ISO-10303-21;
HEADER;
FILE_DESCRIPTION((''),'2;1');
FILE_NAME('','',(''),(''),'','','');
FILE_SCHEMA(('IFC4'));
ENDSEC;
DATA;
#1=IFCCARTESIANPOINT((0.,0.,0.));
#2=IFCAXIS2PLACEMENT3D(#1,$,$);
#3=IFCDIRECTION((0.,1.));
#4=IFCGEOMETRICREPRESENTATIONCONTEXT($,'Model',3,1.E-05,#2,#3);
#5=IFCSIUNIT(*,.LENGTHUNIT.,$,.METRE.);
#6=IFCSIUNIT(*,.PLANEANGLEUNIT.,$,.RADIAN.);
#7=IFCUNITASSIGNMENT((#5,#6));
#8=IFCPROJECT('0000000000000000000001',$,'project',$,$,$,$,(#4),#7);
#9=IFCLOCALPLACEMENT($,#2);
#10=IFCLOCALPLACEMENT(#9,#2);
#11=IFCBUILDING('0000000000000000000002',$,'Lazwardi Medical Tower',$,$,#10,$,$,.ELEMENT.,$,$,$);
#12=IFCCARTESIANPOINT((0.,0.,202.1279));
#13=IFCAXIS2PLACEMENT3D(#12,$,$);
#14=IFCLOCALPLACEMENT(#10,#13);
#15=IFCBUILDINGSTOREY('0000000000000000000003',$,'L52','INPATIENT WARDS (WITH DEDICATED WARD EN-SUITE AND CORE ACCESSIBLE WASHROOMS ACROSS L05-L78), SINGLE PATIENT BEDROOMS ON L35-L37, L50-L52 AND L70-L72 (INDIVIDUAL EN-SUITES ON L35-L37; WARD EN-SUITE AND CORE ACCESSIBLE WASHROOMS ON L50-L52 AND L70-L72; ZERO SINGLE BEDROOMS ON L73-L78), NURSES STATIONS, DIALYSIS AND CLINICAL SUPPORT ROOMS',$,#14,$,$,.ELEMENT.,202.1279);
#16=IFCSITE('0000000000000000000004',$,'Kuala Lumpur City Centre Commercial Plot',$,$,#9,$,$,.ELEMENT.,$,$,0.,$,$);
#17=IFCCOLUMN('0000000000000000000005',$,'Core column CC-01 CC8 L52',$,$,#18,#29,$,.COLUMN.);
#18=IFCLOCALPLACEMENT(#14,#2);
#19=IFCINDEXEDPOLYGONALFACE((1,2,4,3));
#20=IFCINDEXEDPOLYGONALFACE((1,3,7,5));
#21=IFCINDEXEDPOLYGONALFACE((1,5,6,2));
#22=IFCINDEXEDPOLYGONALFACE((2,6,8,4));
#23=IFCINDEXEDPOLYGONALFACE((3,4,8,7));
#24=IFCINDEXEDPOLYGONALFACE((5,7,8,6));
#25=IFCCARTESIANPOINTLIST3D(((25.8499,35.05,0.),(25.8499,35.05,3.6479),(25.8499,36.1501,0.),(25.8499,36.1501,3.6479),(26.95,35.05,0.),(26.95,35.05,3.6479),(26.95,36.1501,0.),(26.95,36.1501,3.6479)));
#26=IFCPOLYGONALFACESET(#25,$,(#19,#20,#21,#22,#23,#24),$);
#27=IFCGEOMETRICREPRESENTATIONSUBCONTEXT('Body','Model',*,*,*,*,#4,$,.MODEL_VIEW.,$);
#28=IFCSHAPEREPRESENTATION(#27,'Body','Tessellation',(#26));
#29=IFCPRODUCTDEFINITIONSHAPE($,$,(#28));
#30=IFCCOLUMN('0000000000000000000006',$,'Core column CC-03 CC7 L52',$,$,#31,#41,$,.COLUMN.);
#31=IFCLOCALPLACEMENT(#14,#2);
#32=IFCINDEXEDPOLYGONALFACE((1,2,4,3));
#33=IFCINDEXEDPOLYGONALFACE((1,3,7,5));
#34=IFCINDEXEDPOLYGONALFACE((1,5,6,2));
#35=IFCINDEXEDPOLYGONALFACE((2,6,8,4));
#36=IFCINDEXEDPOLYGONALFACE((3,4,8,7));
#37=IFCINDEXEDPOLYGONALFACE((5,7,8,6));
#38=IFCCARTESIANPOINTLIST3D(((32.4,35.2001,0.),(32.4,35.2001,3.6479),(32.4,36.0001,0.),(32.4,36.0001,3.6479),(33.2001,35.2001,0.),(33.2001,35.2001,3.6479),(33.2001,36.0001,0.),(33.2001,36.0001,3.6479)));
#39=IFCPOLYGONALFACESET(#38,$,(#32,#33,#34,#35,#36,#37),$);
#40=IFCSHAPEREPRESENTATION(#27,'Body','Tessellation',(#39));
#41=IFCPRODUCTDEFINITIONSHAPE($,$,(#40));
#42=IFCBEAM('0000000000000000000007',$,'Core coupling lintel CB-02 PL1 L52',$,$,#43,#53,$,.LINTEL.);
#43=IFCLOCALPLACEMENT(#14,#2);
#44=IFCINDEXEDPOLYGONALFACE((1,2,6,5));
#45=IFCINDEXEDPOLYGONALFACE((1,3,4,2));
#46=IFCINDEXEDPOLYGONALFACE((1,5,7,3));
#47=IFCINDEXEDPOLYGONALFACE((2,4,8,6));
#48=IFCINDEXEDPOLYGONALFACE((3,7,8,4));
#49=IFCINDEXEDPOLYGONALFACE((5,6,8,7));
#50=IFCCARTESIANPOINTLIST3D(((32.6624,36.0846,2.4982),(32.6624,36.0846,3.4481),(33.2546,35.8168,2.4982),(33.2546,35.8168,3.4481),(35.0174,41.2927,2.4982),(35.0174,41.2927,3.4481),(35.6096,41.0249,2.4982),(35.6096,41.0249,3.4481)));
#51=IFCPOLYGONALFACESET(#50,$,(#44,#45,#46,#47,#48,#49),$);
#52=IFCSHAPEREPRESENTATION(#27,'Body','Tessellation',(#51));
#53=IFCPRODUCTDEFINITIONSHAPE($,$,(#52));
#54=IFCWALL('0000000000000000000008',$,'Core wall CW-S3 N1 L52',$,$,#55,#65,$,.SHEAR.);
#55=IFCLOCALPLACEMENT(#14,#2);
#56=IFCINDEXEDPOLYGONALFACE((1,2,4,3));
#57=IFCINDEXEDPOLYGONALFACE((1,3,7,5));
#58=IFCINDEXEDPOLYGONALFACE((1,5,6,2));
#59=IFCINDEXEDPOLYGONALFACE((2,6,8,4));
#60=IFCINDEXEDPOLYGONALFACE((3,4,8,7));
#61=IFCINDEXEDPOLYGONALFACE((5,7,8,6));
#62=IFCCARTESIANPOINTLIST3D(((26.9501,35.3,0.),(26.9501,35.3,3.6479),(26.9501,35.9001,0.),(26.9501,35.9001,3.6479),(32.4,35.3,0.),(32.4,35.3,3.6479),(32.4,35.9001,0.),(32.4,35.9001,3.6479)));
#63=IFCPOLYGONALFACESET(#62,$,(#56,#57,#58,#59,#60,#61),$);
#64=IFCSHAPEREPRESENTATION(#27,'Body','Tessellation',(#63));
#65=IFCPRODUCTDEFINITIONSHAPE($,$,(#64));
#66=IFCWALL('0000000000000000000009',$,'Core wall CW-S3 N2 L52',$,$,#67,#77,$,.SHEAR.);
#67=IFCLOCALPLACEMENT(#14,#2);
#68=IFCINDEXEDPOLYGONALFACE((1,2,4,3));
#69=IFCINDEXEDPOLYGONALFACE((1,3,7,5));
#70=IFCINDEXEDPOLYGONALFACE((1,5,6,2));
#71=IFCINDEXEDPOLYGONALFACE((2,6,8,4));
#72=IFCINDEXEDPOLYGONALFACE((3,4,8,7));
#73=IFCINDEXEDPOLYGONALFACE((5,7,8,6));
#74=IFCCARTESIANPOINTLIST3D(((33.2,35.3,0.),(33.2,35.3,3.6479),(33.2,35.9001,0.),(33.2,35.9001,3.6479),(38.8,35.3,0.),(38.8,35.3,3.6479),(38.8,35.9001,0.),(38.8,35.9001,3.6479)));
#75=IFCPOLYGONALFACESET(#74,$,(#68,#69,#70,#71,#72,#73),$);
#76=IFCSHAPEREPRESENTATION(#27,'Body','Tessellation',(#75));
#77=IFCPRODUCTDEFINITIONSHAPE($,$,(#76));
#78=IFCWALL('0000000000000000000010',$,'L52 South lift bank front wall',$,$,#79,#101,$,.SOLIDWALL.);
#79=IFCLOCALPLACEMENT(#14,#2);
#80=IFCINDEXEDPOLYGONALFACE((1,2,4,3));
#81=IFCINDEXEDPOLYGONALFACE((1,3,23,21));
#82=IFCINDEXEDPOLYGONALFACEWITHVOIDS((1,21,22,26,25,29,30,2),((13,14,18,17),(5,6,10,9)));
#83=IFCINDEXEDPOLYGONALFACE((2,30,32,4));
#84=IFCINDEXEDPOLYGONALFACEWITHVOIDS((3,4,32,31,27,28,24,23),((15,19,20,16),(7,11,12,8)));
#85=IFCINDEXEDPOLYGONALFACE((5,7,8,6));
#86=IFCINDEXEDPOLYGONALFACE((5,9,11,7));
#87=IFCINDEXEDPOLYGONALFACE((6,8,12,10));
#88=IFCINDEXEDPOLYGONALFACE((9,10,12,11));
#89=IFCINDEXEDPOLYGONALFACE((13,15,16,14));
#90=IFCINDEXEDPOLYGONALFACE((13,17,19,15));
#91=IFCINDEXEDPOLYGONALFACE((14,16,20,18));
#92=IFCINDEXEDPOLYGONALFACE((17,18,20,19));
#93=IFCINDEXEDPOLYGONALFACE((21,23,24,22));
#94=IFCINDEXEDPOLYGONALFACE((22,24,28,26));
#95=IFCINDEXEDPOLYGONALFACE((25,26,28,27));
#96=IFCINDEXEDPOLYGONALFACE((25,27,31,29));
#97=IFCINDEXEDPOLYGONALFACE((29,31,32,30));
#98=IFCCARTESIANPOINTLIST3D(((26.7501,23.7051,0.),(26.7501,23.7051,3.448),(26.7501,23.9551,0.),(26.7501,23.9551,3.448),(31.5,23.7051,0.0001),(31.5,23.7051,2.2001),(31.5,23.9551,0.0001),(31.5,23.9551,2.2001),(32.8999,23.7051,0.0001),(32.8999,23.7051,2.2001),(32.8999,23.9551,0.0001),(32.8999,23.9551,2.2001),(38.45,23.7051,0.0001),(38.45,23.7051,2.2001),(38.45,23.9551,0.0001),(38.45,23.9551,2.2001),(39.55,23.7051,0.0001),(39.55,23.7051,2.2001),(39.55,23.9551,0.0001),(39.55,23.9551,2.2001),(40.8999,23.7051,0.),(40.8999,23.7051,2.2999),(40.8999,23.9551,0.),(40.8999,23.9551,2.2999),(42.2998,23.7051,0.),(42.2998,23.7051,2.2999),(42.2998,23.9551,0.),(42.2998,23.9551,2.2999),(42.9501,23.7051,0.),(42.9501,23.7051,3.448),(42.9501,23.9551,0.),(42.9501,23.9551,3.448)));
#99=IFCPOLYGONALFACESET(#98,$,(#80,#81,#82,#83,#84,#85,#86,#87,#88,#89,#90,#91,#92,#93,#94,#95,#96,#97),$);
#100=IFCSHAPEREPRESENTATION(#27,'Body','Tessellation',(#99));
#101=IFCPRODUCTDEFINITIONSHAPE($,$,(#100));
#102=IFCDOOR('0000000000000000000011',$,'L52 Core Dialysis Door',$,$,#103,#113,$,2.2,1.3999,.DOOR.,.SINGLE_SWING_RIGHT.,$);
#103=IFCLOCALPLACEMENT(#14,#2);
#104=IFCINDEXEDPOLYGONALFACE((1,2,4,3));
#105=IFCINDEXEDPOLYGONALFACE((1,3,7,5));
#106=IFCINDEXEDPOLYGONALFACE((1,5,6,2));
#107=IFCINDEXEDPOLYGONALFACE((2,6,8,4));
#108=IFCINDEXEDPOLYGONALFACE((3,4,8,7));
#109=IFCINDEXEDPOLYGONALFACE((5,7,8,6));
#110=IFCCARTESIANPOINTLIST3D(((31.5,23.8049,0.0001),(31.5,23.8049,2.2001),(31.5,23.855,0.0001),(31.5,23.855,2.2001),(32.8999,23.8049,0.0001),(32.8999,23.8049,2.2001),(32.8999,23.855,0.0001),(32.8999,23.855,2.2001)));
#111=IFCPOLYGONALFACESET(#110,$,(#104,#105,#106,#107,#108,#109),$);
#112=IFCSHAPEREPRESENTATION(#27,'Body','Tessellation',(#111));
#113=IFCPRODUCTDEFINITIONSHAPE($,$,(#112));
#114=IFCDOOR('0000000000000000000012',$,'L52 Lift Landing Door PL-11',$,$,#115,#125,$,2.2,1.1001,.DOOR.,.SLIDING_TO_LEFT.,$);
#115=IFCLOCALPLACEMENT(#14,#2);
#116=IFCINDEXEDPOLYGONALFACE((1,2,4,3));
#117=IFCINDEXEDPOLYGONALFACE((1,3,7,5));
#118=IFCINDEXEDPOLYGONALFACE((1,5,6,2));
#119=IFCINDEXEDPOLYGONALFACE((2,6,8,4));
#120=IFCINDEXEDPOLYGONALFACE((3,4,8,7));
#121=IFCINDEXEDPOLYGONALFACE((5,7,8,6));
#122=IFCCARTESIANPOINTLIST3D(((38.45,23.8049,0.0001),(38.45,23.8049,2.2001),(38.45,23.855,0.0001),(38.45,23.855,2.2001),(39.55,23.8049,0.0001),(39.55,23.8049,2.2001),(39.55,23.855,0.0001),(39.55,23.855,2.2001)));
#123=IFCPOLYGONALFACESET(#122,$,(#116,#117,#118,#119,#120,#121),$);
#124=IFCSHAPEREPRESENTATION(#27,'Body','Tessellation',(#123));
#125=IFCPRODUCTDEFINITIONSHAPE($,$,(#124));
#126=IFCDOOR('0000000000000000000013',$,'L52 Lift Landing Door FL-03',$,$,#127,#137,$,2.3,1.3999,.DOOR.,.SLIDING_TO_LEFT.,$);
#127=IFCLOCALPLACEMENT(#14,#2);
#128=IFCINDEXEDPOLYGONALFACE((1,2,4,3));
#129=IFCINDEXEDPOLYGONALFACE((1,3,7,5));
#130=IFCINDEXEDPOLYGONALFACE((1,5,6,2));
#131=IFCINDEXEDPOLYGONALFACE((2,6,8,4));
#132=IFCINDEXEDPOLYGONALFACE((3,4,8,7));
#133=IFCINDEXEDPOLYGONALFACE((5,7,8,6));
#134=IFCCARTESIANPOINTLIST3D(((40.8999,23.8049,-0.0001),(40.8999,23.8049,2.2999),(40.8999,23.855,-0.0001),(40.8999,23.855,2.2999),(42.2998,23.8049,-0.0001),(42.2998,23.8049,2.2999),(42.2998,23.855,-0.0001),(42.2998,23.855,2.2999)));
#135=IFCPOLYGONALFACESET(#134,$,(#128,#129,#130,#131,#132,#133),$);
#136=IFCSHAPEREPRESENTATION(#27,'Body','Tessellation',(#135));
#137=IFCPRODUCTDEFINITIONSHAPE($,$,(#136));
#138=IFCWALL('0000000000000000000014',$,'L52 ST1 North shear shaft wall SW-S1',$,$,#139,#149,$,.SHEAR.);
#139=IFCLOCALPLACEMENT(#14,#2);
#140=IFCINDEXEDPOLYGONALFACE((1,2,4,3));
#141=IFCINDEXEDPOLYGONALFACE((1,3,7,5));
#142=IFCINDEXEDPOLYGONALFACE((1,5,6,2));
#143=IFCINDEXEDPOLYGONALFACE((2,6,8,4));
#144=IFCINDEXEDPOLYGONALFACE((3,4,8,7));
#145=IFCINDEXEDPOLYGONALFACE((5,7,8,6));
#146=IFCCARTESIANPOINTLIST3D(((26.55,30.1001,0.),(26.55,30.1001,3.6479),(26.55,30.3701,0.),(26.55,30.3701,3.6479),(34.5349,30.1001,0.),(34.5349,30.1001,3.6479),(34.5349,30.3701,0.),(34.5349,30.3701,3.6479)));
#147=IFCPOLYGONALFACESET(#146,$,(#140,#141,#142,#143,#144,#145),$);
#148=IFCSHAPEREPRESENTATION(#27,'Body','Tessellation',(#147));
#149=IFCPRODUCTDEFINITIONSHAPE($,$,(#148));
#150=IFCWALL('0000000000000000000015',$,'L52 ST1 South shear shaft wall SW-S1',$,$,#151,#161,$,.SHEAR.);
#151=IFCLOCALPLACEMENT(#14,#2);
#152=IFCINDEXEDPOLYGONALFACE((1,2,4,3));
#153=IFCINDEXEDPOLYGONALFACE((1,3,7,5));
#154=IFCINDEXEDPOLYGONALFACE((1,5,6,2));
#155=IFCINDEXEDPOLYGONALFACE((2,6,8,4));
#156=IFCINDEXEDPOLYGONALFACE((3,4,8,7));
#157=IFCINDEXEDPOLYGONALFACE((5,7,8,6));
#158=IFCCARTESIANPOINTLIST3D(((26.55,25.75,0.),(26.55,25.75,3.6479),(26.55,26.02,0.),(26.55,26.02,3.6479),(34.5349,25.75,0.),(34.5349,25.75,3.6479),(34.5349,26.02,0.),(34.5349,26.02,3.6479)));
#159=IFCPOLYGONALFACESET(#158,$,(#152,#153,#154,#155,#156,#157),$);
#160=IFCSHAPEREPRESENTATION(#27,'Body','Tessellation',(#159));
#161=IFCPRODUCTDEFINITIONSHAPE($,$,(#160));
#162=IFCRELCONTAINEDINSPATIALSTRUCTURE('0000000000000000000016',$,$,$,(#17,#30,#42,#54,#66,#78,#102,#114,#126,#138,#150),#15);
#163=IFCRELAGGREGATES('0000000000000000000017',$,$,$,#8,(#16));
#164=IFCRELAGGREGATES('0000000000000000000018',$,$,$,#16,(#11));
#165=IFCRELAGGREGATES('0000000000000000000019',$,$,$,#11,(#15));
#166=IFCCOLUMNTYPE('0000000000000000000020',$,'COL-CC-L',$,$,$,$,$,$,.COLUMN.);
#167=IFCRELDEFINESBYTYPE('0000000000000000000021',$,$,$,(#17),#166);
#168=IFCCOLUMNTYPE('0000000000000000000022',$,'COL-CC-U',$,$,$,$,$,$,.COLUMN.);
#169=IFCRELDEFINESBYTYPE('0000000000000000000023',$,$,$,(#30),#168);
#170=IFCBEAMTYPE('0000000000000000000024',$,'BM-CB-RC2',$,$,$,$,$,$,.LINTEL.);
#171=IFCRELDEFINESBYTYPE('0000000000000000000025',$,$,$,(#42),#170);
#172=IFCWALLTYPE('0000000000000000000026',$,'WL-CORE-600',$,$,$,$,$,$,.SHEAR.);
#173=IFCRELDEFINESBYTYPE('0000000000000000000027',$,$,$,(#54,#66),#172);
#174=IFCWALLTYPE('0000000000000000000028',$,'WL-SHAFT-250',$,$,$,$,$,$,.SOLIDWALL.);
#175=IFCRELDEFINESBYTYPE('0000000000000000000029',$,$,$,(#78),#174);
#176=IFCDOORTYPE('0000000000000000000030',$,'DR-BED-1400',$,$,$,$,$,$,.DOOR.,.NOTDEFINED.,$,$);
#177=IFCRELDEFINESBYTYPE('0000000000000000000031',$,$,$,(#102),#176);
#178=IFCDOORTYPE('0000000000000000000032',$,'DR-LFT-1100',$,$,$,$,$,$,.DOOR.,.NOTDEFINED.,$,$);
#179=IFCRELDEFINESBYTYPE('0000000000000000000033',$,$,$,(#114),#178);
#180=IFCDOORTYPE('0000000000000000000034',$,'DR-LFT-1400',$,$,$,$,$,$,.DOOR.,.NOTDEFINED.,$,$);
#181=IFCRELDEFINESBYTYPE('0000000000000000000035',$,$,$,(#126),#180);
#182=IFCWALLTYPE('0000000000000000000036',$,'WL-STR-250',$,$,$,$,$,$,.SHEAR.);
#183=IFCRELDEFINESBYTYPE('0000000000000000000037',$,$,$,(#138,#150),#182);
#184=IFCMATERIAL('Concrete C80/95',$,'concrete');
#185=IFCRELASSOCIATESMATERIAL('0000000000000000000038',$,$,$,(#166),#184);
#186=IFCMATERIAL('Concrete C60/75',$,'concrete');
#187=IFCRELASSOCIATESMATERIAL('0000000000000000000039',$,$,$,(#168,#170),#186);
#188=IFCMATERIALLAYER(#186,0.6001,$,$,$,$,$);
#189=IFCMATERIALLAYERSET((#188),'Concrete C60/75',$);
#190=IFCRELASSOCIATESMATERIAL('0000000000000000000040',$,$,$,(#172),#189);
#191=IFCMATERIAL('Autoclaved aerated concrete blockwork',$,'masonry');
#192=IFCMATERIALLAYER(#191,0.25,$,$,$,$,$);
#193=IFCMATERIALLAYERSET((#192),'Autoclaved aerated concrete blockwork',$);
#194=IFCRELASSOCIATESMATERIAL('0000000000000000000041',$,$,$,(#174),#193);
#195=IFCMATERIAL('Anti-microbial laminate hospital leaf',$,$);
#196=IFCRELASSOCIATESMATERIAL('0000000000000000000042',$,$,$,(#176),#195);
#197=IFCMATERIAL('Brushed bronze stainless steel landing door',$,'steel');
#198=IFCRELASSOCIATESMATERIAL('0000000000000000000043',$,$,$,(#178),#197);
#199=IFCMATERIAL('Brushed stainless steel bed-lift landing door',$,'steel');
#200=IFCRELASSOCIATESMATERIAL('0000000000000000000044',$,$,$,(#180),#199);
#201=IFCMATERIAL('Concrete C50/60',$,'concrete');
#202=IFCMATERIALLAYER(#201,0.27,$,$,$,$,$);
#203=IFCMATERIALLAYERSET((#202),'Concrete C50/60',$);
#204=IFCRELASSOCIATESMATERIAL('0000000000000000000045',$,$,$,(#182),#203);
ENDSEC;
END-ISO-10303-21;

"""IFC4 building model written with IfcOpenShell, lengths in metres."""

from ifc_helpers import new_model, si_unit, direction, frame, frame_2d, origin, origin_2d, place, context, subcontext, project, spatial, rectangle, extrude, material, layer, layer_set, material_profile, profile_set, type_object, element, fill, save


model = new_model("IFC4")

# Units and contexts
model_context = context("Model", 3, precision=1e-05, world=origin(), true_north=direction((0.0, 1.0)))
body_context = subcontext(model_context, "Body", "Model", "MODEL_VIEW")
ifc_project = project(units=[si_unit("LENGTHUNIT", "METRE"), si_unit("PLANEANGLEUNIT", "RADIAN")], contexts=[model_context])

# Site, building, storey
site_placement = place(None, origin())
site = spatial("IfcSite", under=ifc_project, at=site_placement, Name="Kuala Lumpur City Centre Commercial Plot", CompositionType="ELEMENT", RefElevation=0.0)
building_placement = place(site_placement, origin())
building = spatial("IfcBuilding", under=site, at=building_placement, Name="Lazwardi Medical Tower", CompositionType="ELEMENT")
storey_placement = place(building_placement, frame((0.0, 0.0, 202.1279)))
storey = spatial("IfcBuildingStorey", under=building, at=storey_placement, Name="L52", Description="INPATIENT WARDS (WITH DEDICATED WARD EN-SUITE AND CORE ACCESSIBLE WASHROOMS ACROSS L05-L78), SINGLE PATIENT BEDROOMS ON L35-L37, L50-L52 AND L70-L72 (INDIVIDUAL EN-SUITES ON L35-L37; WARD EN-SUITE AND CORE ACCESSIBLE WASHROOMS ON L50-L52 AND L70-L72; ZERO SINGLE BEDROOMS ON L73-L78), NURSES STATIONS, DIALYSIS AND CLINICAL SUPPORT ROOMS", CompositionType="ELEMENT", Elevation=202.1279)

# Columns
ifc_material_1 = material(Name="Concrete C80/95", Category="concrete")
ifc_material_profile_1 = material_profile(ifc_material_1, rectangle(XDim=1.1001, YDim=1.1001, at=origin_2d()), Name="RC 1100x1100")
ifc_profile_set_1 = profile_set([ifc_material_profile_1], Name="Concrete C80/95")
column_type_1 = type_object("IfcColumnType", Name="COL-CC-L", PredefinedType="COLUMN", material=ifc_profile_set_1)
column_1_placement = place(storey_placement, frame((26.3999, 35.6001, 0.0), z_axis=(0.0, 0.0, 1.0), x_axis=(1.0, 0.0, 0.0)))
element("IfcColumn", 1, at=column_1_placement, inside=storey, type_object=column_type_1, Name="Core column CC-01 CC8 L52", PredefinedType="COLUMN", context=body_context, shape_type="SweptSolid", body=[
    extrude(rectangle(XDim=1.1001, YDim=1.1001, at=origin_2d()), origin(), (0.0, 0.0, 1.0), 3.6479),
])
ifc_material_2 = material(Name="Concrete C60/75", Category="concrete")
ifc_material_profile_2 = material_profile(ifc_material_2, rectangle(XDim=0.8, YDim=0.8, at=origin_2d()), Name="RC 800x800")
ifc_profile_set_2 = profile_set([ifc_material_profile_2], Name="Concrete C60/75")
column_type_2 = type_object("IfcColumnType", Name="COL-CC-U", PredefinedType="COLUMN", material=ifc_profile_set_2)
column_2_placement = place(storey_placement, frame((32.8, 35.6001, 0.0), z_axis=(0.0, 0.0, 1.0), x_axis=(1.0, 0.0, 0.0)))
element("IfcColumn", 2, at=column_2_placement, inside=storey, type_object=column_type_2, Name="Core column CC-03 CC7 L52", PredefinedType="COLUMN", context=body_context, shape_type="SweptSolid", body=[
    extrude(rectangle(XDim=0.8, YDim=0.8, at=origin_2d()), origin(), (0.0, 0.0, 1.0), 3.6479),
])

# Beam
ifc_material_profile_3 = material_profile(ifc_material_2, rectangle(XDim=0.6499, YDim=0.95, at=origin_2d()), Name="RC 650x950")
ifc_profile_set_3 = profile_set([ifc_material_profile_3], Name="Concrete C60/75")
beam_type = type_object("IfcBeamType", Name="BM-CB-RC2", PredefinedType="LINTEL", material=ifc_profile_set_3)
beam_placement = place(storey_placement, frame((32.9585, 35.9507, 2.9731), z_axis=(0.412019, 0.911175, 0.0), x_axis=(-0.911175, 0.412019, 0.0)))
element("IfcBeam", 3, at=beam_placement, inside=storey, type_object=beam_type, Name="Core coupling lintel CB-02 PL1 L52", PredefinedType="LINTEL", context=body_context, shape_type="SweptSolid", body=[
    extrude(rectangle(XDim=0.6499, YDim=0.95, at=origin_2d()), origin(), (0.0, 0.0, 1.0), 5.7158),
])

# Walls
ifc_layer_1 = layer(ifc_material_2, 0.6001)
ifc_layer_set_1 = layer_set([ifc_layer_1], Name="Concrete C60/75")
wall_type_1 = type_object("IfcWallType", Name="WL-CORE-600", PredefinedType="SHEAR", material=ifc_layer_set_1)
wall_1_placement = place(storey_placement, frame((26.95, 35.6001, 0.0), z_axis=(0.0, 0.0, 1.0), x_axis=(1.0, 0.0, 0.0)))
element("IfcWall", 4, at=wall_1_placement, inside=storey, type_object=wall_type_1, Name="Core wall CW-S3 N1 L52", PredefinedType="SHEAR", context=body_context, shape_type="SweptSolid", body=[
    extrude(rectangle(XDim=5.45, YDim=0.6001, at=frame_2d((2.7251, 0.0))), origin(), (0.0, 0.0, 1.0), 3.6479),
])
wall_2_placement = place(storey_placement, frame((33.2, 35.6001, 0.0), z_axis=(0.0, 0.0, 1.0), x_axis=(1.0, 0.0, 0.0)))
element("IfcWall", 5, at=wall_2_placement, inside=storey, type_object=wall_type_1, Name="Core wall CW-S3 N2 L52", PredefinedType="SHEAR", context=body_context, shape_type="SweptSolid", body=[
    extrude(rectangle(XDim=5.6001, YDim=0.6001, at=frame_2d((2.8, 0.0))), origin(), (0.0, 0.0, 1.0), 3.6479),
])

# Wall, openings, doors
ifc_material_3 = material(Name="Autoclaved aerated concrete blockwork", Category="masonry")
ifc_layer_2 = layer(ifc_material_3, 0.25)
ifc_layer_set_2 = layer_set([ifc_layer_2], Name="Autoclaved aerated concrete blockwork")
wall_type_2 = type_object("IfcWallType", Name="WL-SHAFT-250", PredefinedType="SOLIDWALL", material=ifc_layer_set_2)
wall_3_placement = place(storey_placement, frame((26.75, 23.8301, 0.0), z_axis=(0.0, 0.0, 1.0), x_axis=(1.0, 0.0, 0.0)))
wall_3 = element("IfcWall", 6, at=wall_3_placement, inside=storey, type_object=wall_type_2, Name="L52 South lift bank front wall", PredefinedType="SOLIDWALL", context=body_context, shape_type="SweptSolid", body=[
    extrude(rectangle(XDim=16.2, YDim=0.25, at=frame_2d((8.1001, 0.0))), origin(), (0.0, 0.0, 1.0), 3.448),
])
opening_1_placement = place(wall_3_placement, frame((4.75, 0.0, 0.0)))
opening_1 = element("IfcOpeningElement", 7, at=opening_1_placement, cuts=wall_3, PredefinedType="OPENING", context=body_context, shape_type="SweptSolid", body=[
    extrude(rectangle(XDim=1.3999, YDim=2.2, at=frame_2d((0.7, 1.1001))), frame((0.0, 0.135, 0.0), z_axis=(0.0, -1.0, 0.0), x_axis=(1.0, 0.0, 0.0)), (0.0, 0.0, 1.0), 0.27),
])
opening_2_placement = place(wall_3_placement, frame((11.7, 0.0, 0.0)))
opening_2 = element("IfcOpeningElement", 8, at=opening_2_placement, cuts=wall_3, PredefinedType="OPENING", context=body_context, shape_type="SweptSolid", body=[
    extrude(rectangle(XDim=1.1001, YDim=2.2, at=frame_2d((0.55, 1.1001))), frame((0.0, 0.135, 0.0), z_axis=(0.0, -1.0, 0.0), x_axis=(1.0, 0.0, 0.0)), (0.0, 0.0, 1.0), 0.27),
])
opening_3_placement = place(wall_3_placement, frame((14.1499, 0.0, 0.0)))
opening_3 = element("IfcOpeningElement", 9, at=opening_3_placement, cuts=wall_3, PredefinedType="OPENING", context=body_context, shape_type="SweptSolid", body=[
    extrude(rectangle(XDim=1.3999, YDim=2.3, at=frame_2d((0.7, 1.1499))), frame((0.0, 0.135, 0.0), z_axis=(0.0, -1.0, 0.0), x_axis=(1.0, 0.0, 0.0)), (0.0, 0.0, 1.0), 0.27),
])
ifc_material_4 = material(Name="Anti-microbial laminate hospital leaf")
door_type_1 = type_object("IfcDoorType", Name="DR-BED-1400", OperationType="NOTDEFINED", PredefinedType="DOOR", material=ifc_material_4)
door_1_placement = place(opening_1_placement, origin())
door_1 = element("IfcDoor", 10, at=door_1_placement, inside=storey, type_object=door_type_1, Name="L52 Core Dialysis Door", OperationType="SINGLE_SWING_RIGHT", OverallHeight=2.2, OverallWidth=1.3999, PredefinedType="DOOR", context=body_context, shape_type="SweptSolid", body=[
    extrude(rectangle(XDim=1.3999, YDim=2.2, at=frame_2d((0.7, 1.1001))), frame((0.0, 0.0249, 0.0), z_axis=(0.0, -1.0, 0.0), x_axis=(1.0, 0.0, 0.0)), (0.0, 0.0, 1.0), 0.05),
])
fill(opening_1, door_1)
ifc_material_5 = material(Name="Brushed bronze stainless steel landing door", Category="steel")
door_type_2 = type_object("IfcDoorType", Name="DR-LFT-1100", OperationType="NOTDEFINED", PredefinedType="DOOR", material=ifc_material_5)
door_2_placement = place(opening_2_placement, origin())
door_2 = element("IfcDoor", 11, at=door_2_placement, inside=storey, type_object=door_type_2, Name="L52 Lift Landing Door PL-11", OperationType="SLIDING_TO_LEFT", OverallHeight=2.2, OverallWidth=1.1001, PredefinedType="DOOR", context=body_context, shape_type="SweptSolid", body=[
    extrude(rectangle(XDim=1.1001, YDim=2.2, at=frame_2d((0.55, 1.1001))), frame((0.0, 0.0249, 0.0), z_axis=(0.0, -1.0, 0.0), x_axis=(1.0, 0.0, 0.0)), (0.0, 0.0, 1.0), 0.05),
])
fill(opening_2, door_2)
ifc_material_6 = material(Name="Brushed stainless steel bed-lift landing door", Category="steel")
door_type_3 = type_object("IfcDoorType", Name="DR-LFT-1400", OperationType="NOTDEFINED", PredefinedType="DOOR", material=ifc_material_6)
door_3_placement = place(opening_3_placement, origin())
door_3 = element("IfcDoor", 12, at=door_3_placement, inside=storey, type_object=door_type_3, Name="L52 Lift Landing Door FL-03", OperationType="SLIDING_TO_LEFT", OverallHeight=2.3, OverallWidth=1.3999, PredefinedType="DOOR", context=body_context, shape_type="SweptSolid", body=[
    extrude(rectangle(XDim=1.3999, YDim=2.3, at=frame_2d((0.7, 1.1499))), frame((0.0, 0.0249, 0.0), z_axis=(0.0, -1.0, 0.0), x_axis=(1.0, 0.0, 0.0)), (0.0, 0.0, 1.0), 0.05),
])
fill(opening_3, door_3)

# Wall
ifc_material_7 = material(Name="Concrete C50/60", Category="concrete")
ifc_layer_3 = layer(ifc_material_7, 0.27)
ifc_layer_set_3 = layer_set([ifc_layer_3], Name="Concrete C50/60")
wall_type_3 = type_object("IfcWallType", Name="WL-STR-250", PredefinedType="SHEAR", material=ifc_layer_set_3)
wall_4_placement = place(storey_placement, frame((26.55, 30.2351, 0.0), z_axis=(0.0, 0.0, 1.0), x_axis=(1.0, 0.0, 0.0)))
element("IfcWall", 13, at=wall_4_placement, inside=storey, type_object=wall_type_3, Name="L52 ST1 North shear shaft wall SW-S1", PredefinedType="SHEAR", context=body_context, shape_type="SweptSolid", body=[
    extrude(rectangle(XDim=7.9849, YDim=0.27, at=frame_2d((3.9924, 0.0))), origin(), (0.0, 0.0, 1.0), 3.6479),
])

# Wall
wall_5_placement = place(storey_placement, frame((26.55, 25.885, 0.0), z_axis=(0.0, 0.0, 1.0), x_axis=(1.0, 0.0, 0.0)))
element("IfcWall", 14, at=wall_5_placement, inside=storey, type_object=wall_type_3, Name="L52 ST1 South shear shaft wall SW-S1", PredefinedType="SHEAR", context=body_context, shape_type="SweptSolid", body=[
    extrude(rectangle(XDim=7.9849, YDim=0.27, at=frame_2d((3.9924, 0.0))), origin(), (0.0, 0.0, 1.0), 3.6479),
])

save(model, "model.ifc")
